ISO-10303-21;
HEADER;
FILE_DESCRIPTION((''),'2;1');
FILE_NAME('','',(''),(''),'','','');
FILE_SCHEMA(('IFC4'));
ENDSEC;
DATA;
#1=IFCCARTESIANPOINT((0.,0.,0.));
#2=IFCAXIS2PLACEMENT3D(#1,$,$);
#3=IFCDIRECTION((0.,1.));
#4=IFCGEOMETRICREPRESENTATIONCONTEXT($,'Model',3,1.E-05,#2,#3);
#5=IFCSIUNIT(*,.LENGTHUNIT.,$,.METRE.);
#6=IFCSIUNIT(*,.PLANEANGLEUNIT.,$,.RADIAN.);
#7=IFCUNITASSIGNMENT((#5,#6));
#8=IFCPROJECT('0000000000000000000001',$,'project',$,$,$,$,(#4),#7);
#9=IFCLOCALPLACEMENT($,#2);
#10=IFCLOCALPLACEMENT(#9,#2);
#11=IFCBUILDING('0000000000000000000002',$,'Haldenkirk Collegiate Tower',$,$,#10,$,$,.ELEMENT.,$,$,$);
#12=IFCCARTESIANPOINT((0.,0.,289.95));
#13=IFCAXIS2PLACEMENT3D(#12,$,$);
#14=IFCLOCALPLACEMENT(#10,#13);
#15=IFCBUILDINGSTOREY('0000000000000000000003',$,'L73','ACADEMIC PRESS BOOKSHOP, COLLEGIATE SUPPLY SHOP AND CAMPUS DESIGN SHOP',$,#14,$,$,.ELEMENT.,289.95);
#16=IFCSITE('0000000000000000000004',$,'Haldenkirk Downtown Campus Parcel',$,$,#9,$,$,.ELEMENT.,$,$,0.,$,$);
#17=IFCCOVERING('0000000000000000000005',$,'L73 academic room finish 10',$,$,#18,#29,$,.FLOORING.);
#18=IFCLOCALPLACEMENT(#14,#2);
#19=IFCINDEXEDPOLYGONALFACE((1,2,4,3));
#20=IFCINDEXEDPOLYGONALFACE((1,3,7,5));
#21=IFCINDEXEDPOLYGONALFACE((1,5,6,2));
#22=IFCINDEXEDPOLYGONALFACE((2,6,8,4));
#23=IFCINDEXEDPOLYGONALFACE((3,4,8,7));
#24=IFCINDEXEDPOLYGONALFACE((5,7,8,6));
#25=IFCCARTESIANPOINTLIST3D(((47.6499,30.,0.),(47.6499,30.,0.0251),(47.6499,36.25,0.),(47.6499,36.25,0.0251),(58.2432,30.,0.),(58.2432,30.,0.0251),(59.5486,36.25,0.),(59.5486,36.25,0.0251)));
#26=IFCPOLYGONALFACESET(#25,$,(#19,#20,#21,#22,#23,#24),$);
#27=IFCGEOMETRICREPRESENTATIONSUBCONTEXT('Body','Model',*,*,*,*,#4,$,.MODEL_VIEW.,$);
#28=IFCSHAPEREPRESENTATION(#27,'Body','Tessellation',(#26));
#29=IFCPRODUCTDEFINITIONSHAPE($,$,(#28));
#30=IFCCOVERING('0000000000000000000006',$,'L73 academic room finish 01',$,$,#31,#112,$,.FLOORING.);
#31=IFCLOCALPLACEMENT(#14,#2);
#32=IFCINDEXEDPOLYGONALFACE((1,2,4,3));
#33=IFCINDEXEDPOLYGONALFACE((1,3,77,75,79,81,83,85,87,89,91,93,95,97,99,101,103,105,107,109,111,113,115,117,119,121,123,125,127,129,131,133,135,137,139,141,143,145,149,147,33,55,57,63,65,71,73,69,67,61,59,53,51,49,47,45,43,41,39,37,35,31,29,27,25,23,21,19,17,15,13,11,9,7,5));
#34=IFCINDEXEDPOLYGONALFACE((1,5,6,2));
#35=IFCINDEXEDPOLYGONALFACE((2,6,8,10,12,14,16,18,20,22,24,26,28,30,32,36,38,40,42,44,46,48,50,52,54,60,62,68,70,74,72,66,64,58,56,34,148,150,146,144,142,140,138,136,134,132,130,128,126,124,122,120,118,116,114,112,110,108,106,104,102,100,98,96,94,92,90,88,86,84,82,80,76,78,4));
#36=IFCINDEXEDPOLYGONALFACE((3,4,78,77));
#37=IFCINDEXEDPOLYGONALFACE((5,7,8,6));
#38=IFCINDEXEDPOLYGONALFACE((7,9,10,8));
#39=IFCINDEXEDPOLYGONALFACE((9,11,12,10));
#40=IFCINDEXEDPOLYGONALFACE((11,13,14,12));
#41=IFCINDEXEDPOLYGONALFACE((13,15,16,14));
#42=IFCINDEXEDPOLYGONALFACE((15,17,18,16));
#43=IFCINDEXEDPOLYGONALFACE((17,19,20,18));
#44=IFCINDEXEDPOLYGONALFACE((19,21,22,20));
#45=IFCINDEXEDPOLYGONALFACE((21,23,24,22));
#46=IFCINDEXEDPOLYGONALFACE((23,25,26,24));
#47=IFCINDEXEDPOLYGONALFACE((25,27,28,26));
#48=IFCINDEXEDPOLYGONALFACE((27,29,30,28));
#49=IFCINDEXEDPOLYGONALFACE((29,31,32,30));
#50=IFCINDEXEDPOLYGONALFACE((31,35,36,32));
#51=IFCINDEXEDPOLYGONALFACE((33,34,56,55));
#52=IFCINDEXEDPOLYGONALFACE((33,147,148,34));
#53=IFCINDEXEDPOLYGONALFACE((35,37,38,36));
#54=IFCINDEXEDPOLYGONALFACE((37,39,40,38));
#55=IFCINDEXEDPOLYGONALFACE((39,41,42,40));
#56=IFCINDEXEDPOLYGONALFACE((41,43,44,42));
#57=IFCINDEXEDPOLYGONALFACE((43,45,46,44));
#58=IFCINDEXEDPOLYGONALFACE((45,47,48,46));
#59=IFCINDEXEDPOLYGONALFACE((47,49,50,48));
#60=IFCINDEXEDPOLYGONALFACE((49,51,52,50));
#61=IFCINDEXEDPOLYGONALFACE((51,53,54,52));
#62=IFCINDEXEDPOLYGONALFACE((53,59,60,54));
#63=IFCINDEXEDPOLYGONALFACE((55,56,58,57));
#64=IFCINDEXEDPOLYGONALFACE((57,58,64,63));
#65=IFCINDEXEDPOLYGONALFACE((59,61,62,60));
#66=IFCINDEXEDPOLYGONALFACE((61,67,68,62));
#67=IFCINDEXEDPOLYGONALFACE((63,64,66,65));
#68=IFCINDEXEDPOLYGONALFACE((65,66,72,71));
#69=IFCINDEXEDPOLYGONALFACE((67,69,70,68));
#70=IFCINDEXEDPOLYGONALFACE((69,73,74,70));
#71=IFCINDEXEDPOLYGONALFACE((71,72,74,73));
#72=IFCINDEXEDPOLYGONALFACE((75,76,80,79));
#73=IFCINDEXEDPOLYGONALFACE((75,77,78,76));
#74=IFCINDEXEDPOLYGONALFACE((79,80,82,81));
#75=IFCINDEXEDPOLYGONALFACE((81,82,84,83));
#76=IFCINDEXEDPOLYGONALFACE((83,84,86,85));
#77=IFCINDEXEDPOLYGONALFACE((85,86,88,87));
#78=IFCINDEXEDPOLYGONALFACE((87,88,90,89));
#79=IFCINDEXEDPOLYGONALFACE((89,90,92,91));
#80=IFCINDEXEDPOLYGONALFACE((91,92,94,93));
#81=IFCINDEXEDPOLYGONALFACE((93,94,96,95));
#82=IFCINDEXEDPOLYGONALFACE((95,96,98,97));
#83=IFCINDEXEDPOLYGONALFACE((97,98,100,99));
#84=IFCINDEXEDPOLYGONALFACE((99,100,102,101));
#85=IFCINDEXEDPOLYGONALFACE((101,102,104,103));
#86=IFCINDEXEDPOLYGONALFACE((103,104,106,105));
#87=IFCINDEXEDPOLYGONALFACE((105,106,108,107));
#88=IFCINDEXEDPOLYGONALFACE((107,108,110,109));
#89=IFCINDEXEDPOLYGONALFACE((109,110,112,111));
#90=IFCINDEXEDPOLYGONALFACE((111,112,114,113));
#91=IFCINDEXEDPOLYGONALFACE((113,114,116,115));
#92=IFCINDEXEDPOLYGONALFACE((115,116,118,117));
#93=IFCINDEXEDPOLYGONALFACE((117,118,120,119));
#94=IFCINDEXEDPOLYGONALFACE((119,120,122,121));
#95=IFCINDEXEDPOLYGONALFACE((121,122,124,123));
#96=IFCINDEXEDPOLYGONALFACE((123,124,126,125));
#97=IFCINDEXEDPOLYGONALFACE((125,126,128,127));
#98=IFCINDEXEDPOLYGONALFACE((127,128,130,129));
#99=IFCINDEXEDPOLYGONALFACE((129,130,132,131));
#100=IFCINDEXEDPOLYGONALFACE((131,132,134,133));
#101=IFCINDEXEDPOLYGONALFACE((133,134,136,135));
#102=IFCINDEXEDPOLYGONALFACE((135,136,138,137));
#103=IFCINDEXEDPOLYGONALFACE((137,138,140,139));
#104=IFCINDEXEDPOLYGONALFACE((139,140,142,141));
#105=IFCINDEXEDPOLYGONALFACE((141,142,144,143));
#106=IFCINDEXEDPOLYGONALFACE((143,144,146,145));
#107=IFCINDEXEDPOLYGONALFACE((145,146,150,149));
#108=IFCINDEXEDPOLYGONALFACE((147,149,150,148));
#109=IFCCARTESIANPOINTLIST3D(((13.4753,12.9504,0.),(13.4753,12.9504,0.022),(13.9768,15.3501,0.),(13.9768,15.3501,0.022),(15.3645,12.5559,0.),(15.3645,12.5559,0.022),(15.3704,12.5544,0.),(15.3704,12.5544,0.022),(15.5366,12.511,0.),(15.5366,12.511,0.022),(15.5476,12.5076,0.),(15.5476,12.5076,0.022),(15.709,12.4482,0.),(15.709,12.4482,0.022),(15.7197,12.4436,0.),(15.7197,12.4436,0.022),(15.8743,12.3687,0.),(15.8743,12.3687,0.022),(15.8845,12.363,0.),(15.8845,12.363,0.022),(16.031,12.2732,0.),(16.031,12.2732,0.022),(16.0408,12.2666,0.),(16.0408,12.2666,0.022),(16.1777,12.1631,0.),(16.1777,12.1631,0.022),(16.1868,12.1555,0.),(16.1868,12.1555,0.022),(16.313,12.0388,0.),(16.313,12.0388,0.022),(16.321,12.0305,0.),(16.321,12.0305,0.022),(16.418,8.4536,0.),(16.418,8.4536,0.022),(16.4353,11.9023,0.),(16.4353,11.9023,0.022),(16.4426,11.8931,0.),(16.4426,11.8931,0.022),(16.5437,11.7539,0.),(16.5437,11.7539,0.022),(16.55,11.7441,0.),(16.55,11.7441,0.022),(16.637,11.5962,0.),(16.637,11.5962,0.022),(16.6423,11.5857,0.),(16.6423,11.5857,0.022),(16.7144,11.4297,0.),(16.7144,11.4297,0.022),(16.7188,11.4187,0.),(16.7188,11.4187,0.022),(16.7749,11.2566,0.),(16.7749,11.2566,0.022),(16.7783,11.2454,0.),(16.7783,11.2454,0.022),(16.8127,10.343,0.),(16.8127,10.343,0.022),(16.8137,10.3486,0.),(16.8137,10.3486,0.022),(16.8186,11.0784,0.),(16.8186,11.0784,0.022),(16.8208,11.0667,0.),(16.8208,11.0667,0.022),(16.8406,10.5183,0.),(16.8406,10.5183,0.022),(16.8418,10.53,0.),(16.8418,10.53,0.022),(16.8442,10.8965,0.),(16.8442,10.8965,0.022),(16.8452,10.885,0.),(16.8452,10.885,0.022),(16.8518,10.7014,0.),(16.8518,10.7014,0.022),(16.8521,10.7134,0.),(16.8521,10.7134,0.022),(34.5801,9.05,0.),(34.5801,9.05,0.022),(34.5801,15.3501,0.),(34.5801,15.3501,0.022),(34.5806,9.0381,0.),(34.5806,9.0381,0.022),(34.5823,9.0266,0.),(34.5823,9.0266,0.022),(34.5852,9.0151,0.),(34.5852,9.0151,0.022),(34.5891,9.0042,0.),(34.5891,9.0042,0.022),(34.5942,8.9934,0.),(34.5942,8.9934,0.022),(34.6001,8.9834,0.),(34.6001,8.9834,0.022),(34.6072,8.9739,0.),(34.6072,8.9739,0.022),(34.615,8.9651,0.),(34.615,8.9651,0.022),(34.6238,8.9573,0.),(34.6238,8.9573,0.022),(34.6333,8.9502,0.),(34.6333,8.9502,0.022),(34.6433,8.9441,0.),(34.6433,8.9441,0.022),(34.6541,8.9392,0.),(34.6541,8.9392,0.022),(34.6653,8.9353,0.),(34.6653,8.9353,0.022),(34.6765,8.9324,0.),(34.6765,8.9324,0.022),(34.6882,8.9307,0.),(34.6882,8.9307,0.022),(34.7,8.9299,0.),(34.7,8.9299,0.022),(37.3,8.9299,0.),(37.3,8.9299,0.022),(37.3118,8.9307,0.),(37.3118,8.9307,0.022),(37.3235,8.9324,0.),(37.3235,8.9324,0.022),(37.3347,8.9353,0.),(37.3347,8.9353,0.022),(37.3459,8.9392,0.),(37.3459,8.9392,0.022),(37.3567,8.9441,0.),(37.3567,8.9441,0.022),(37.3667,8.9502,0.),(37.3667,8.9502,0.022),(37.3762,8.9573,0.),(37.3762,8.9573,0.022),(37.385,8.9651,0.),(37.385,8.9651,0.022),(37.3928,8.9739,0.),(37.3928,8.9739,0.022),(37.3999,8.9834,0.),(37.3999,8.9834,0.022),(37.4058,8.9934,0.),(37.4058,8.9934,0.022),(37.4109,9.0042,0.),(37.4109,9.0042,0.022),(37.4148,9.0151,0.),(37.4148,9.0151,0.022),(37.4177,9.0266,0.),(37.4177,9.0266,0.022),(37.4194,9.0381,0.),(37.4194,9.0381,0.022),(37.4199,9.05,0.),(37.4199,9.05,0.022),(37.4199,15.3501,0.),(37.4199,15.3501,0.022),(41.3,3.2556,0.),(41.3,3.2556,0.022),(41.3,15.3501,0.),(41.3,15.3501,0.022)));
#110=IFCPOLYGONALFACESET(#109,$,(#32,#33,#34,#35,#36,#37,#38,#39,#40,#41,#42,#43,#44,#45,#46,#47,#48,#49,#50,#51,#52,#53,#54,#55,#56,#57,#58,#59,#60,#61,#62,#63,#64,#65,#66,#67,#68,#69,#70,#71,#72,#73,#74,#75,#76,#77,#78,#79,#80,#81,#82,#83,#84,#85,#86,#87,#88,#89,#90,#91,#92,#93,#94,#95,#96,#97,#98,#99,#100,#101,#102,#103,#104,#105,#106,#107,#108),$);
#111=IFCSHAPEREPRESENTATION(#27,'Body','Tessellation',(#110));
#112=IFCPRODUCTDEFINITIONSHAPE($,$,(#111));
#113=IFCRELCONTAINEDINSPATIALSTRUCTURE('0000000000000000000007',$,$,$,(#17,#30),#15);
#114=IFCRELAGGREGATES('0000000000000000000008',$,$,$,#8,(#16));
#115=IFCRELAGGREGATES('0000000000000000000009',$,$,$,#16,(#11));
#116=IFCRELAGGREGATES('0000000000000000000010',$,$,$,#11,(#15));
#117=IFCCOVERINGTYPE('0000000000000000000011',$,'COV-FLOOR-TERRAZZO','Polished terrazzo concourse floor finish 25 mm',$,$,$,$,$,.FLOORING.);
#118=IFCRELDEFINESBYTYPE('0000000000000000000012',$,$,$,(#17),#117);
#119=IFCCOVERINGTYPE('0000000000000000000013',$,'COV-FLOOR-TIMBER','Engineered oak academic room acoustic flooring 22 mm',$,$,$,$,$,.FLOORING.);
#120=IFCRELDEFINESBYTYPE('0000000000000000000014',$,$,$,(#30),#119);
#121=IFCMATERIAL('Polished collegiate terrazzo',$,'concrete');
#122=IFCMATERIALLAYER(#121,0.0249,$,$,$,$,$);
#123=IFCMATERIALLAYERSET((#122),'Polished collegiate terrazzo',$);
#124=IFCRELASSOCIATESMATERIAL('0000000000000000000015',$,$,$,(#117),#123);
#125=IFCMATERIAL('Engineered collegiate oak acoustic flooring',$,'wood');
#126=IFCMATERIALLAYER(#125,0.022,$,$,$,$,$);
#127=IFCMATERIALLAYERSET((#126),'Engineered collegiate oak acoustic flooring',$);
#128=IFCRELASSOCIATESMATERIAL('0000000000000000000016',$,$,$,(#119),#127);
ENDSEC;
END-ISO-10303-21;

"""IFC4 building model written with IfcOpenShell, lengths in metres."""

from ifc_helpers import new_model, si_unit, direction, frame, origin, place, context, subcontext, project, spatial, polyline, outline, extrude, material, layer, layer_set, type_object, element, save


model = new_model("IFC4")

# Units and contexts
model_context = context("Model", 3, precision=1e-05, world=origin(), true_north=direction((0.0, 1.0)))
body_context = subcontext(model_context, "Body", "Model", "MODEL_VIEW")
ifc_project = project(units=[si_unit("LENGTHUNIT", "METRE"), si_unit("PLANEANGLEUNIT", "RADIAN")], contexts=[model_context])

# Site, building, storey
site_placement = place(None, origin())
site = spatial("IfcSite", under=ifc_project, at=site_placement, Name="Haldenkirk Downtown Campus Parcel", CompositionType="ELEMENT", RefElevation=0.0)
building_placement = place(site_placement, origin())
building = spatial("IfcBuilding", under=site, at=building_placement, Name="Haldenkirk Collegiate Tower", CompositionType="ELEMENT")
storey_placement = place(building_placement, frame((0.0, 0.0, 289.95)))
storey = spatial("IfcBuildingStorey", under=building, at=storey_placement, Name="L73", Description="ACADEMIC PRESS BOOKSHOP, COLLEGIATE SUPPLY SHOP AND CAMPUS DESIGN SHOP", CompositionType="ELEMENT", Elevation=289.95)

# Coverings
ifc_material_1 = material(Name="Polished collegiate terrazzo", Category="concrete")
ifc_layer_1 = layer(ifc_material_1, 0.0249)
ifc_layer_set_1 = layer_set([ifc_layer_1], Name="Polished collegiate terrazzo")
covering_type_1 = type_object("IfcCoveringType", Name="COV-FLOOR-TERRAZZO", Description="Polished terrazzo concourse floor finish 25 mm", PredefinedType="FLOORING", material=ifc_layer_set_1)
covering_1_placement = place(storey_placement, origin())
element("IfcCovering", 1, at=covering_1_placement, inside=storey, type_object=covering_type_1, Name="L73 academic room finish 10", PredefinedType="FLOORING", context=body_context, shape_type="SweptSolid", body=[
    extrude(outline(polyline([(58.2432, 30.0), (47.6499, 30.0), (47.6499, 36.25), (59.5486, 36.25), (58.2432, 30.0)])), origin(), (0.0, 0.0, 1.0), 0.0251),
])
ifc_material_2 = material(Name="Engineered collegiate oak acoustic flooring", Category="wood")
ifc_layer_2 = layer(ifc_material_2, 0.022)
ifc_layer_set_2 = layer_set([ifc_layer_2], Name="Engineered collegiate oak acoustic flooring")
covering_type_2 = type_object("IfcCoveringType", Name="COV-FLOOR-TIMBER", Description="Engineered oak academic room acoustic flooring 22 mm", PredefinedType="FLOORING", material=ifc_layer_set_2)
covering_2_placement = place(storey_placement, origin())
element("IfcCovering", 2, at=covering_2_placement, inside=storey, type_object=covering_type_2, Name="L73 academic room finish 01", PredefinedType="FLOORING", context=body_context, shape_type="SweptSolid", body=[
    extrude(outline(polyline([(16.418, 8.4536), (16.8127, 10.343), (16.8137, 10.3486), (16.8406, 10.5183), (16.8418, 10.53), (16.8518, 10.7014), (16.8521, 10.7134), (16.8452, 10.885), (16.8442, 10.8965), (16.8208, 11.0667), (16.8186, 11.0784), (16.7783, 11.2454), (16.7749, 11.2566), (16.7188, 11.4187), (16.7144, 11.4297), (16.6423, 11.5857), (16.637, 11.5962), (16.55, 11.7441), (16.5437, 11.7539), (16.4426, 11.8931), (16.4353, 11.9023), (16.321, 12.0305), (16.313, 12.0388), (16.1868, 12.1555), (16.1777, 12.1631), (16.0408, 12.2666), (16.031, 12.2732), (15.8845, 12.363), (15.8743, 12.3687), (15.7197, 12.4436), (15.709, 12.4482), (15.5476, 12.5076), (15.5366, 12.511), (15.3704, 12.5544), (15.3645, 12.5559), (13.4753, 12.9504), (13.9768, 15.3501), (34.5801, 15.3501), (34.5801, 9.05), (34.5806, 9.0381), (34.5823, 9.0266), (34.5852, 9.0151), (34.5891, 9.0042), (34.5942, 8.9934), (34.6001, 8.9834), (34.6072, 8.9739), (34.615, 8.9651), (34.6238, 8.9573), (34.6333, 8.9502), (34.6433, 8.9441), (34.6541, 8.9392), (34.6653, 8.9353), (34.6765, 8.9324), (34.6882, 8.9307), (34.7, 8.9299), (37.3, 8.9299), (37.3118, 8.9307), (37.3235, 8.9324), (37.3347, 8.9353), (37.3459, 8.9392), (37.3567, 8.9441), (37.3667, 8.9502), (37.3762, 8.9573), (37.385, 8.9651), (37.3928, 8.9739), (37.3999, 8.9834), (37.4058, 8.9934), (37.4109, 9.0042), (37.4148, 9.0151), (37.4177, 9.0266), (37.4194, 9.0381), (37.4199, 9.05), (37.4199, 15.3501), (41.3, 15.3501), (41.3, 3.2556), (16.418, 8.4536)])), origin(), (0.0, 0.0, 1.0), 0.022),
])

save(model, "model.ifc")
